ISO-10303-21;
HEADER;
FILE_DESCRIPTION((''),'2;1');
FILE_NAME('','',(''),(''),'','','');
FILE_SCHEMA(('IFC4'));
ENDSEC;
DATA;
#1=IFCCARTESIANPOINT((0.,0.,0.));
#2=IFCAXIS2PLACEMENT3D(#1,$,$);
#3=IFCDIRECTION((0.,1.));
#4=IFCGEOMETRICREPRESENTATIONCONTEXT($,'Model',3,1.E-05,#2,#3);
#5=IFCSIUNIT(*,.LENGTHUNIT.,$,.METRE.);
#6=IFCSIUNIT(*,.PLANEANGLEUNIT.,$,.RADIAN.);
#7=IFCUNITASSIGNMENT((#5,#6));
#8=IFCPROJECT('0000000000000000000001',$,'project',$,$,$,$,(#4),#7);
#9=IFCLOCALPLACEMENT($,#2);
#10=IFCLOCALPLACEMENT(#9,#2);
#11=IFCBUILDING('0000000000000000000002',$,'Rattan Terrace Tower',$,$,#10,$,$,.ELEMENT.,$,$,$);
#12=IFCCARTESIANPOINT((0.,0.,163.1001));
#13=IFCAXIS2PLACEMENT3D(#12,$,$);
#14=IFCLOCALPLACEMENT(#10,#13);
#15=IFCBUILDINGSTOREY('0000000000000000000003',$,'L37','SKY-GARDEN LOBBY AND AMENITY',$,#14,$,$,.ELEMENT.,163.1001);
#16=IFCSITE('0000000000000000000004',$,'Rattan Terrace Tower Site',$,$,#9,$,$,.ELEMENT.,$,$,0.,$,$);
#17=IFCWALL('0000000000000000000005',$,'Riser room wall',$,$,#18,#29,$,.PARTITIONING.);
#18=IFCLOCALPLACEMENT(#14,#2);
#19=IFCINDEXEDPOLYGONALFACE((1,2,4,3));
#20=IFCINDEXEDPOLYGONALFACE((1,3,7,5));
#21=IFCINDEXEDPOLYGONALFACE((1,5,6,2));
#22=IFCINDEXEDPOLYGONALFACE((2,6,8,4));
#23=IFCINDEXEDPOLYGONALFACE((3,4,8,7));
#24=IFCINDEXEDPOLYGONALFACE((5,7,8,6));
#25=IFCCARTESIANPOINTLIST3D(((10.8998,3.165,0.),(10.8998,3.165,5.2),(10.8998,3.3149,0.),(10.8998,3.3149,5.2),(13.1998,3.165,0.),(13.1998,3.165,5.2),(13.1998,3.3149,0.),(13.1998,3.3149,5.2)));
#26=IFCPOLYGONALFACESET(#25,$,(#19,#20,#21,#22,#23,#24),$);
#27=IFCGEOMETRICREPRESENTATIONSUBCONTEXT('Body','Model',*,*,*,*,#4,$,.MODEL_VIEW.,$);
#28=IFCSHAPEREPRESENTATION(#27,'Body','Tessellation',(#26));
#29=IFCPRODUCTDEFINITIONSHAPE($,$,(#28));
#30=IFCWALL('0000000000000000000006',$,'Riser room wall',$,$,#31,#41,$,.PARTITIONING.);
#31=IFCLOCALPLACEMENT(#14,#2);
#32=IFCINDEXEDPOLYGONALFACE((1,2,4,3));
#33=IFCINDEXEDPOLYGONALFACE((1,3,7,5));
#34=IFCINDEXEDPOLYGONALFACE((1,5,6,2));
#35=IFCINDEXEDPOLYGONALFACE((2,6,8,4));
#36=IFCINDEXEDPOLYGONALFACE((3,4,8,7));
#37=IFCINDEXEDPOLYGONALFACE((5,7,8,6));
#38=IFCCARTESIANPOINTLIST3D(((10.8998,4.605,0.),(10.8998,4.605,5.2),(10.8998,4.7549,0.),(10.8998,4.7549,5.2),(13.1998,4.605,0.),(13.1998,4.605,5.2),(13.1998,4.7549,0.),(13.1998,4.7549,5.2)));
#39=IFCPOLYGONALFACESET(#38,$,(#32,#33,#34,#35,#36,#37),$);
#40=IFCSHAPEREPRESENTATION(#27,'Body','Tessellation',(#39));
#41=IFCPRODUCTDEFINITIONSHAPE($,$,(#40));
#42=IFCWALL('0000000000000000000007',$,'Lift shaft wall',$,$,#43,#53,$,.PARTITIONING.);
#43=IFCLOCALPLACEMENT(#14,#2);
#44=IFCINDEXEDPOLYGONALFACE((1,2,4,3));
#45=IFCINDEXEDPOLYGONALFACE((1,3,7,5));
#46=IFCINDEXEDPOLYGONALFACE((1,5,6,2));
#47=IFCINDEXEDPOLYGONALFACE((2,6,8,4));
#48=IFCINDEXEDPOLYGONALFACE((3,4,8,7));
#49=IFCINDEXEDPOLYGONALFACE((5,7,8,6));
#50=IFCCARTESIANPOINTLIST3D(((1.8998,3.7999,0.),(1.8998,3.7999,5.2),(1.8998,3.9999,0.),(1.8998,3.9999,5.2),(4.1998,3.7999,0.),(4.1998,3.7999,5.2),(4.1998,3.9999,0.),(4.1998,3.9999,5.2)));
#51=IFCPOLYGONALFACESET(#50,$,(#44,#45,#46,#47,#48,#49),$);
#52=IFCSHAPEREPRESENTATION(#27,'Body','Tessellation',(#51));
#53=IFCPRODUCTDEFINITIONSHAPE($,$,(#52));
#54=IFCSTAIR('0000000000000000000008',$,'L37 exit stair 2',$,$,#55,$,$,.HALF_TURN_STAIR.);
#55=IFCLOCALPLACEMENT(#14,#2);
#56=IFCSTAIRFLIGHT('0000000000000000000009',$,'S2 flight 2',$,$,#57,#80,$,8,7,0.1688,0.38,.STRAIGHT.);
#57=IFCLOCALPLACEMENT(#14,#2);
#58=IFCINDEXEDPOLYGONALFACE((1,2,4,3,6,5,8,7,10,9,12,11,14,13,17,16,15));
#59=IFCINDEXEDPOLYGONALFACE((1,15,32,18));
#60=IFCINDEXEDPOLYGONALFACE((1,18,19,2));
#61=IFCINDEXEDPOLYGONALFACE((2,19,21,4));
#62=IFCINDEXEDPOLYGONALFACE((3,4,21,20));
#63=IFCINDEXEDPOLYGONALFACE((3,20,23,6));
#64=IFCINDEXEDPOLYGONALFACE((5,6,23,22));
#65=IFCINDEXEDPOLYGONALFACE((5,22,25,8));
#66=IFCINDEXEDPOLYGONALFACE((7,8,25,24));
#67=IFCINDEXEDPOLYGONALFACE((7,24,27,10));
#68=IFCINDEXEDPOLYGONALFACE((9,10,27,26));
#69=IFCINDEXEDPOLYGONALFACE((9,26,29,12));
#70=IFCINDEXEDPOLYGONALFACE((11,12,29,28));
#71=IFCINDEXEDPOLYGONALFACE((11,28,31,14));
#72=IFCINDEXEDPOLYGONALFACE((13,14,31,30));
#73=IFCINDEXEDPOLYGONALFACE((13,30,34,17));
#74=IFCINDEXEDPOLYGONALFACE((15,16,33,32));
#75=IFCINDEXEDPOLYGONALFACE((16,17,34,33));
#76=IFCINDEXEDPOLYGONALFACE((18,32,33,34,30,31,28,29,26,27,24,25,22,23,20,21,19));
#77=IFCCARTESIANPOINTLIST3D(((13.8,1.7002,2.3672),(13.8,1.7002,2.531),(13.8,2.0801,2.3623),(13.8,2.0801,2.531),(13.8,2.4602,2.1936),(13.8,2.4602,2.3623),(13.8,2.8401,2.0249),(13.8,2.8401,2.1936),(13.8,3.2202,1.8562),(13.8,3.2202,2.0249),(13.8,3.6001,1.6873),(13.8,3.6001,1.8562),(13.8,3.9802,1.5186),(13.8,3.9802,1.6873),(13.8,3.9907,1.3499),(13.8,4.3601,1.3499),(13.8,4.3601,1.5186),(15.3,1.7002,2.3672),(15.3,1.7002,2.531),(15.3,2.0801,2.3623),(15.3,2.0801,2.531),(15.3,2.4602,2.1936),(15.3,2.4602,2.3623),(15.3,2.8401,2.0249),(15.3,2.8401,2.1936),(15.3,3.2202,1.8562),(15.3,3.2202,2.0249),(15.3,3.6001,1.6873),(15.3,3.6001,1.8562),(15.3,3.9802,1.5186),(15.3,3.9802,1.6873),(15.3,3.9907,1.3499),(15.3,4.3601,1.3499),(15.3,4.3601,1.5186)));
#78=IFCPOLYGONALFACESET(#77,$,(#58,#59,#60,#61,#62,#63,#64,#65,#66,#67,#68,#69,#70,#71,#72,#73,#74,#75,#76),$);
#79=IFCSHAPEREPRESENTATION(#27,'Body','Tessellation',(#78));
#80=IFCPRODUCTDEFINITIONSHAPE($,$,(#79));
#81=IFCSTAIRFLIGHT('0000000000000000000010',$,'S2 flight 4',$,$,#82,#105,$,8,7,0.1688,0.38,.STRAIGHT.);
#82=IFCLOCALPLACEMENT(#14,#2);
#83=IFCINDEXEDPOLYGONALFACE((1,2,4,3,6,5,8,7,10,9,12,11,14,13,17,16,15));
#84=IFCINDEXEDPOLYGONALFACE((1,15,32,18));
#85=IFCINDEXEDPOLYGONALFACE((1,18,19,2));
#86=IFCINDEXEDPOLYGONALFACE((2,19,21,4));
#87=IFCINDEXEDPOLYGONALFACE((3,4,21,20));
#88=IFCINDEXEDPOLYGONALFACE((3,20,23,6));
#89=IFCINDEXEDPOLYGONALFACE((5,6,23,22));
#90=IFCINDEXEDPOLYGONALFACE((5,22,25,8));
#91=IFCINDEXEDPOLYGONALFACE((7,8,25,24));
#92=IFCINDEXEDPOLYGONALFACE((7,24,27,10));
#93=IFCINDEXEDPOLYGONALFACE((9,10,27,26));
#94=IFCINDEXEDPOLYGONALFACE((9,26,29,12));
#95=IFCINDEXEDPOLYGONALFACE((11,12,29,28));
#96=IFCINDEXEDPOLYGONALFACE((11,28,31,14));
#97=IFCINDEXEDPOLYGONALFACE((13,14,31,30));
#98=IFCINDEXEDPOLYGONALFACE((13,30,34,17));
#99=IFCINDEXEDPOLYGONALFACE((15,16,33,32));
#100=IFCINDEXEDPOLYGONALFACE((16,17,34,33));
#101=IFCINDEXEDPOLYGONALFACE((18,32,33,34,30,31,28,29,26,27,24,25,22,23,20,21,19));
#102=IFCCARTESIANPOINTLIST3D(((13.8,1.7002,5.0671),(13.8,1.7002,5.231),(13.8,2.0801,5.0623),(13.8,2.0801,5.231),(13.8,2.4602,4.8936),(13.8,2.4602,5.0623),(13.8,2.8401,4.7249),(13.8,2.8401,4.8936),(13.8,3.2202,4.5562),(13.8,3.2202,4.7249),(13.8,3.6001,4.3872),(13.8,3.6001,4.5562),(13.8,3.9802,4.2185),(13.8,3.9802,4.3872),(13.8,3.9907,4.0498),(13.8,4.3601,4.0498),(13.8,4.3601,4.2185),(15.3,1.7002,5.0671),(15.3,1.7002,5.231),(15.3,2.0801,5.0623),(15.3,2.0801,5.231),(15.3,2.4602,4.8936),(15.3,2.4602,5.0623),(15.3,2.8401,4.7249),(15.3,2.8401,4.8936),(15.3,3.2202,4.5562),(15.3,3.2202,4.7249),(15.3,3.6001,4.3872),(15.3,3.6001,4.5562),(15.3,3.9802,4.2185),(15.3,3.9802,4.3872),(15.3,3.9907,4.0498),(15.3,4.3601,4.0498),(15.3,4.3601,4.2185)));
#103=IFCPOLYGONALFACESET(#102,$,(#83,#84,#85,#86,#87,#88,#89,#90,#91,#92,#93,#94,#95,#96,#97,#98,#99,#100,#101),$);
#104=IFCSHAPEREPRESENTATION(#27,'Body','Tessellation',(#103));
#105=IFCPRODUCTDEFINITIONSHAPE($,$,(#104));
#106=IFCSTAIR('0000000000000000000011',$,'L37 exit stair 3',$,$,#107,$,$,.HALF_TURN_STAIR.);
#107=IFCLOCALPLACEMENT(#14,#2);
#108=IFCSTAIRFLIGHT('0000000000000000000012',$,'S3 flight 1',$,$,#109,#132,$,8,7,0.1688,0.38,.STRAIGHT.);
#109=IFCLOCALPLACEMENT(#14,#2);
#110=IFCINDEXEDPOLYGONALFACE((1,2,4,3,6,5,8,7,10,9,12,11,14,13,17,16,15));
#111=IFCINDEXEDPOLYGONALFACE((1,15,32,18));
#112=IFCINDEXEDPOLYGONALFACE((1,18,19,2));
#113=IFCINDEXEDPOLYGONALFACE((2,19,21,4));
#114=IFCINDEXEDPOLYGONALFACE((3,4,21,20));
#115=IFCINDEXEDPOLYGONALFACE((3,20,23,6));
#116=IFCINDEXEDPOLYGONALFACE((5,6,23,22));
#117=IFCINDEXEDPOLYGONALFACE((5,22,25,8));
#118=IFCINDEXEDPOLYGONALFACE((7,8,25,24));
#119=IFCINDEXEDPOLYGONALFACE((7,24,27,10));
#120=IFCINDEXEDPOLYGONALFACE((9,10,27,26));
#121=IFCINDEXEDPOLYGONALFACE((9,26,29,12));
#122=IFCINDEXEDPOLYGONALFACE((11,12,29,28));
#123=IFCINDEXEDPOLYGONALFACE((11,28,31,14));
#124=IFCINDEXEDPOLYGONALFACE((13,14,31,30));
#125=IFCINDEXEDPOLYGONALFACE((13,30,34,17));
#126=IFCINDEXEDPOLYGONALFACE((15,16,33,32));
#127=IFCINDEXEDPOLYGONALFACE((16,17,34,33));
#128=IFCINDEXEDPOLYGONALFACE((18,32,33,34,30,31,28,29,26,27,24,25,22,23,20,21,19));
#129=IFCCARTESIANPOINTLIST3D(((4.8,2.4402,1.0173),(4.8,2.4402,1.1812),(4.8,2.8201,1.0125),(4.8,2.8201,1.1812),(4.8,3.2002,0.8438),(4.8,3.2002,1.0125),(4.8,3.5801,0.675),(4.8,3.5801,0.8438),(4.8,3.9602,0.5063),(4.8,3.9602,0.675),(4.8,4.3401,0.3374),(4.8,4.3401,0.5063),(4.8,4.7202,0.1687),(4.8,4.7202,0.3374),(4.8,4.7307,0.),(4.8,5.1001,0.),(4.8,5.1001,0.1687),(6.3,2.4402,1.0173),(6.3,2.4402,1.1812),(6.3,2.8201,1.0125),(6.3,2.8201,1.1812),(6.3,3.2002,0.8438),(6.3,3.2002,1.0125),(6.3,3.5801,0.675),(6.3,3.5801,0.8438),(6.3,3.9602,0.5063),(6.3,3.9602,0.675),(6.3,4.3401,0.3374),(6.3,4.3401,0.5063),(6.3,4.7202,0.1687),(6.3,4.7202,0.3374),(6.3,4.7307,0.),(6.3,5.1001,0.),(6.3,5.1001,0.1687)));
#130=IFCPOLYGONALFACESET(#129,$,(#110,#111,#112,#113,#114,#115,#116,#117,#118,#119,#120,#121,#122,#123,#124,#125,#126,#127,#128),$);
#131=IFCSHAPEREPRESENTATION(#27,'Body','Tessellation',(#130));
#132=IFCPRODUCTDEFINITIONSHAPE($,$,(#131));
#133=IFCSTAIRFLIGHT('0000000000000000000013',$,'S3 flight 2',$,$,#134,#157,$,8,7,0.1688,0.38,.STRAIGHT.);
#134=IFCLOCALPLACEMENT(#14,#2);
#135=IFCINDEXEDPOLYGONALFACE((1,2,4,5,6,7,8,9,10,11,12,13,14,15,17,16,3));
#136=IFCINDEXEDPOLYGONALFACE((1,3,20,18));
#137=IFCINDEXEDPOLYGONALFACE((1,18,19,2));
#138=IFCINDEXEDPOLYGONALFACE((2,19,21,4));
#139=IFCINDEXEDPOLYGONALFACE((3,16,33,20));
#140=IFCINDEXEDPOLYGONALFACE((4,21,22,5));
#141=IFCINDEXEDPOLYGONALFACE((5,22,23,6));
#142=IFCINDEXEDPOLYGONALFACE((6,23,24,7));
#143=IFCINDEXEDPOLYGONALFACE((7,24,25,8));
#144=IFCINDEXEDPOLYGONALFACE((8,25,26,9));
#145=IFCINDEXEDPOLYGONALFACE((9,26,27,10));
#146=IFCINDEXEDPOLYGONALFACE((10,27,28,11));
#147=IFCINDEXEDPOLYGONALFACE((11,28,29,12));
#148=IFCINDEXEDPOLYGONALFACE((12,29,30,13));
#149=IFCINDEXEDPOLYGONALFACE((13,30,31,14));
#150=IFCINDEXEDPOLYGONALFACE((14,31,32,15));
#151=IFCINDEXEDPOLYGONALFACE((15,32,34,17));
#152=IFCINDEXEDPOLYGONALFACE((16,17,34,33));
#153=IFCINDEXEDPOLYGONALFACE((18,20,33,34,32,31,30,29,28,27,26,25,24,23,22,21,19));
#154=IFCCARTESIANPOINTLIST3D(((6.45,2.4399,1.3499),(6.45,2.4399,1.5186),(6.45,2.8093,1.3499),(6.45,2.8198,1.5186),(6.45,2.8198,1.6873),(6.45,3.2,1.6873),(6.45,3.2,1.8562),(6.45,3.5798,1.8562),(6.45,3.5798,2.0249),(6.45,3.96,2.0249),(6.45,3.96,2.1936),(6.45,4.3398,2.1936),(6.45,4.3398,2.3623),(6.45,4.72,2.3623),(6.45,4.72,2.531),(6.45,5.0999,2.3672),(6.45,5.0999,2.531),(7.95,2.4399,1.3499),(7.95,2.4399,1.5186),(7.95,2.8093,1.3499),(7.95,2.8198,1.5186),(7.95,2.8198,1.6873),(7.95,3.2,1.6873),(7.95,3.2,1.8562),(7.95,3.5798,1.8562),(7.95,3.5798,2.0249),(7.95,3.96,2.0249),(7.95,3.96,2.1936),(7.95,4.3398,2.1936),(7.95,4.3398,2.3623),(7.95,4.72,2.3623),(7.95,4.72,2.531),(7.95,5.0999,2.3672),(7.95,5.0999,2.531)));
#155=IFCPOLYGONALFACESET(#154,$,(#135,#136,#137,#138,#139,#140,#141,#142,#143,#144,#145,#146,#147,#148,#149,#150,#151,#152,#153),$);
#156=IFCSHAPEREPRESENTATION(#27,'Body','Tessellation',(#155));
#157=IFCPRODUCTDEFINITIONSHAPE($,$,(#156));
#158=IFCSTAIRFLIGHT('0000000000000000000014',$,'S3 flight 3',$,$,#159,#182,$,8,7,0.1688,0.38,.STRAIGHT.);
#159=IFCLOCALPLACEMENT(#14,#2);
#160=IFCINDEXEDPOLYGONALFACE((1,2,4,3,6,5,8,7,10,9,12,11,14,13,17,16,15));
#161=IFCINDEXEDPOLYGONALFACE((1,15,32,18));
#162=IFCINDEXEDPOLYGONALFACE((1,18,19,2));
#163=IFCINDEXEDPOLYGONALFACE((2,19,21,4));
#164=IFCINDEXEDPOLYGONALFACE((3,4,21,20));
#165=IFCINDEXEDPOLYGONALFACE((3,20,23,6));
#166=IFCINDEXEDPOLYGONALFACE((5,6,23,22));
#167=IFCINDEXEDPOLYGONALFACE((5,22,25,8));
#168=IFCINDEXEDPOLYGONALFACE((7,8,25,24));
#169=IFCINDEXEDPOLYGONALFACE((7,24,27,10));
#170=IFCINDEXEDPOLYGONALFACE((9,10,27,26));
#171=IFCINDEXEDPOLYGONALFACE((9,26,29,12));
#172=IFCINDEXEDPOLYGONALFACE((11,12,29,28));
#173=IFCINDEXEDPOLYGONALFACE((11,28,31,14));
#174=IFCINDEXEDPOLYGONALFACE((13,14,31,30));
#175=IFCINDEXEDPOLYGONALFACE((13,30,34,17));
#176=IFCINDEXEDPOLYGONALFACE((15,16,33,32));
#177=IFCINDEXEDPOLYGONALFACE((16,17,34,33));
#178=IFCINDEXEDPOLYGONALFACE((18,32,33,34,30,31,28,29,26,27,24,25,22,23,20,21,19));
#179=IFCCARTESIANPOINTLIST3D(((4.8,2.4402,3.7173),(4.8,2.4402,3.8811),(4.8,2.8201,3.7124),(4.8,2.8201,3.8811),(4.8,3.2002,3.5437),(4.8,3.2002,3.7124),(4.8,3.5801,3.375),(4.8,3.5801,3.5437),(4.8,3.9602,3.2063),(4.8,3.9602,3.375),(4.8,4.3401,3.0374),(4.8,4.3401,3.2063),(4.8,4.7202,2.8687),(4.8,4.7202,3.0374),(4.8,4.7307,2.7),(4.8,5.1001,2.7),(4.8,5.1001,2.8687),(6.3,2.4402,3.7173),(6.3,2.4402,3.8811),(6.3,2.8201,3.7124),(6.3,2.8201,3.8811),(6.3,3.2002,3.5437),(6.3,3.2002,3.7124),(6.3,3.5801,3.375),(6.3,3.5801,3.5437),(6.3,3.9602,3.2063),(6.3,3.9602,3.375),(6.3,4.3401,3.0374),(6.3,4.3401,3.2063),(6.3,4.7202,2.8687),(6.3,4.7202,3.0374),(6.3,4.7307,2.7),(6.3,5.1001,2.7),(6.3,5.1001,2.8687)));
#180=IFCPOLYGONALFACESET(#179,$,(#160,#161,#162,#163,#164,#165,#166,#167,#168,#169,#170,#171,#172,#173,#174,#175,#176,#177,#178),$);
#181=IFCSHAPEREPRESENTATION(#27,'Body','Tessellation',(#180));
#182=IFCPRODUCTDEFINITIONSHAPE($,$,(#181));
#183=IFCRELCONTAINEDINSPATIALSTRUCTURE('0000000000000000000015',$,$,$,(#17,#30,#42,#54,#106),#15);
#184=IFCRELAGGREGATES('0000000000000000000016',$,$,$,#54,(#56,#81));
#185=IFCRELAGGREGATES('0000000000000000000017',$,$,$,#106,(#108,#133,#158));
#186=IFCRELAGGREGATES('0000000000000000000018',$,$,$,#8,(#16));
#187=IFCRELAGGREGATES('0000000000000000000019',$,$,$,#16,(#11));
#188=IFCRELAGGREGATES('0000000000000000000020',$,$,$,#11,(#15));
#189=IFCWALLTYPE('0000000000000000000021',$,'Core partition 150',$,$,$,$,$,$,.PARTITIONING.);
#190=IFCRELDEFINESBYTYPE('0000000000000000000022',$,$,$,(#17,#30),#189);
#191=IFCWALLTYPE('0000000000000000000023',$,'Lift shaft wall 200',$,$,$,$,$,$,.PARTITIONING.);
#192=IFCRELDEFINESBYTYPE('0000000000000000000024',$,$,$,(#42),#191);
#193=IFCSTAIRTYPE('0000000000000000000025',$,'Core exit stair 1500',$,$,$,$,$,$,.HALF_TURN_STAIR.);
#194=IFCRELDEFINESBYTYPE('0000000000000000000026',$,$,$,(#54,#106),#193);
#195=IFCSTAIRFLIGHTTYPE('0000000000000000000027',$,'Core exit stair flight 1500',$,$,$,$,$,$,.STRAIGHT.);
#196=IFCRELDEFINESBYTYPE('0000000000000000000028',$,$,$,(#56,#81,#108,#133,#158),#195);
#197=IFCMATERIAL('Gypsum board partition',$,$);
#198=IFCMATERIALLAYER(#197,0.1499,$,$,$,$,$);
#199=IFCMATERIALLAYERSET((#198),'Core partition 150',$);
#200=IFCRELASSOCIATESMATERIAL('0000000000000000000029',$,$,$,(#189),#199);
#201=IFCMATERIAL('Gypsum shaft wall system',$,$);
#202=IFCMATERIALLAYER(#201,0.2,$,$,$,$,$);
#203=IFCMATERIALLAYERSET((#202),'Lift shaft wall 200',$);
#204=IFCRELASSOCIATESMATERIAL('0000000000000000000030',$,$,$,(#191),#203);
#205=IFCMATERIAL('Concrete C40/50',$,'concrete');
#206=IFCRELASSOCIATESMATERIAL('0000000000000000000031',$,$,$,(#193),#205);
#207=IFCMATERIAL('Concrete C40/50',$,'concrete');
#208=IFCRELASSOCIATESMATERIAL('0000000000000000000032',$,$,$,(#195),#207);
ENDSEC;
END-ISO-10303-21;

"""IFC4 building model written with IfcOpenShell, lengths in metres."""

from ifc_helpers import new_model, si_unit, direction, frame, frame_2d, origin, place, context, subcontext, project, spatial, polyline, rectangle, outline, extrude, material, layer, layer_set, type_object, element, aggregate, save


model = new_model("IFC4")

# Units and contexts
model_context = context("Model", 3, precision=1e-05, world=origin(), true_north=direction((0.0, 1.0)))
body_context = subcontext(model_context, "Body", "Model", "MODEL_VIEW")
ifc_project = project(units=[si_unit("LENGTHUNIT", "METRE"), si_unit("PLANEANGLEUNIT", "RADIAN")], contexts=[model_context])

# Site, building, storey
site_placement = place(None, origin())
site = spatial("IfcSite", under=ifc_project, at=site_placement, Name="Rattan Terrace Tower Site", CompositionType="ELEMENT", RefElevation=0.0)
building_placement = place(site_placement, origin())
building = spatial("IfcBuilding", under=site, at=building_placement, Name="Rattan Terrace Tower", CompositionType="ELEMENT")
storey_placement = place(building_placement, frame((0.0, 0.0, 163.1001)))
storey = spatial("IfcBuildingStorey", under=building, at=storey_placement, Name="L37", Description="SKY-GARDEN LOBBY AND AMENITY", CompositionType="ELEMENT", Elevation=163.1001)

# Walls
ifc_material_1 = material(Name="Gypsum board partition")
ifc_layer_1 = layer(ifc_material_1, 0.1499)
ifc_layer_set_1 = layer_set([ifc_layer_1], Name="Core partition 150")
wall_type_1 = type_object("IfcWallType", Name="Core partition 150", PredefinedType="PARTITIONING", material=ifc_layer_set_1)
for number, where, z_axis, x_axis, name in (
    (1, (10.8999, 3.24, 0.0), (0.0, 0.0, 1.0), (1.0, 0.0, 0.0), "Riser room wall"),
    (2, (10.8999, 4.6799, 0.0), (0.0, 0.0, 1.0), (1.0, 0.0, 0.0), "Riser room wall"),
):
    element("IfcWall", number, at=place(storey_placement, frame(where, z_axis=z_axis, x_axis=x_axis)), inside=storey, type_object=wall_type_1, Name=name, PredefinedType="PARTITIONING", context=body_context, shape_type="SweptSolid", body=[
        extrude(rectangle(XDim=2.3, YDim=0.1499, at=frame_2d((1.1499, 0.0))), origin(), (0.0, 0.0, 1.0), 5.2),
    ])
ifc_material_2 = material(Name="Gypsum shaft wall system")
ifc_layer_2 = layer(ifc_material_2, 0.2)
ifc_layer_set_2 = layer_set([ifc_layer_2], Name="Lift shaft wall 200")
wall_type_2 = type_object("IfcWallType", Name="Lift shaft wall 200", PredefinedType="PARTITIONING", material=ifc_layer_set_2)
wall_placement = place(storey_placement, frame((1.8999, 3.8999, 0.0), z_axis=(0.0, 0.0, 1.0), x_axis=(1.0, 0.0, 0.0)))
element("IfcWall", 3, at=wall_placement, inside=storey, type_object=wall_type_2, Name="Lift shaft wall", PredefinedType="PARTITIONING", context=body_context, shape_type="SweptSolid", body=[
    extrude(rectangle(XDim=2.3, YDim=0.2, at=frame_2d((1.1499, 0.0))), origin(), (0.0, 0.0, 1.0), 5.2),
])

# Stairs, stair flights
ifc_material_3 = material(Name="Concrete C40/50", Category="concrete")
stair_type = type_object("IfcStairType", Name="Core exit stair 1500", PredefinedType="HALF_TURN_STAIR", material=ifc_material_3)
stair_1_placement = place(storey_placement, origin())
stair_1 = element("IfcStair", 4, at=stair_1_placement, inside=storey, type_object=stair_type, Name="L37 exit stair 2", PredefinedType="HALF_TURN_STAIR")
ifc_material_4 = material(Name="Concrete C40/50", Category="concrete")
stair_flight_type = type_object("IfcStairFlightType", Name="Core exit stair flight 1500", PredefinedType="STRAIGHT", material=ifc_material_4)
stair_flight_1_placement = place(storey_placement, frame((14.55, 4.3601, 1.3499), z_axis=(0.0, 0.0, 1.0), x_axis=(0.0, -1.0, 0.0)))
stair_flight_1 = element("IfcStairFlight", 5, at=stair_flight_1_placement, type_object=stair_flight_type, Name="S2 flight 2", NumberOfRisers=8, NumberOfTreads=7, PredefinedType="STRAIGHT", RiserHeight=0.1688, TreadLength=0.38, context=body_context, shape_type="SweptSolid", body=[
    extrude(outline(polyline([(0.0, 0.0), (0.0, 0.1687), (0.3799, 0.1687), (0.3799, 0.3374), (0.76, 0.3374), (0.76, 0.5063), (1.1399, 0.5063), (1.1399, 0.675), (1.52, 0.675), (1.52, 0.8438), (1.8999, 0.8438), (1.8999, 1.0125), (2.28, 1.0125), (2.28, 1.1812), (2.6599, 1.1812), (2.6599, 1.3501), (2.6599, 1.0173), (0.3694, 0.0), (0.0, 0.0)])), frame((0.0, 0.75, 0.0), z_axis=(0.0, -1.0, 0.0), x_axis=(1.0, 0.0, 0.0)), (0.0, 0.0, 1.0), 1.5),
])
stair_flight_2_placement = place(storey_placement, frame((14.55, 4.3601, 4.0498), z_axis=(0.0, 0.0, 1.0), x_axis=(0.0, -1.0, 0.0)))
stair_flight_2 = element("IfcStairFlight", 6, at=stair_flight_2_placement, type_object=stair_flight_type, Name="S2 flight 4", NumberOfRisers=8, NumberOfTreads=7, PredefinedType="STRAIGHT", RiserHeight=0.1688, TreadLength=0.38, context=body_context, shape_type="SweptSolid", body=[
    extrude(outline(polyline([(0.0, 0.0), (0.0, 0.1687), (0.3799, 0.1687), (0.3799, 0.3374), (0.76, 0.3374), (0.76, 0.5063), (1.1399, 0.5063), (1.1399, 0.675), (1.52, 0.675), (1.52, 0.8438), (1.8999, 0.8438), (1.8999, 1.0125), (2.28, 1.0125), (2.28, 1.1812), (2.6599, 1.1812), (2.6599, 1.3501), (2.6599, 1.0173), (0.3694, 0.0), (0.0, 0.0)])), frame((0.0, 0.75, 0.0), z_axis=(0.0, -1.0, 0.0), x_axis=(1.0, 0.0, 0.0)), (0.0, 0.0, 1.0), 1.5),
])
aggregate(stair_1, [stair_flight_1, stair_flight_2])
stair_2_placement = place(storey_placement, origin())
stair_2 = element("IfcStair", 7, at=stair_2_placement, inside=storey, type_object=stair_type, Name="L37 exit stair 3", PredefinedType="HALF_TURN_STAIR")
stair_flight_3_placement = place(storey_placement, frame((5.55, 5.1001, 0.0), z_axis=(0.0, 0.0, 1.0), x_axis=(0.0, -1.0, 0.0)))
stair_flight_3 = element("IfcStairFlight", 8, at=stair_flight_3_placement, type_object=stair_flight_type, Name="S3 flight 1", NumberOfRisers=8, NumberOfTreads=7, PredefinedType="STRAIGHT", RiserHeight=0.1688, TreadLength=0.38, context=body_context, shape_type="SweptSolid", body=[
    extrude(outline(polyline([(0.0, 0.0), (0.0, 0.1687), (0.3799, 0.1687), (0.3799, 0.3374), (0.76, 0.3374), (0.76, 0.5063), (1.1399, 0.5063), (1.1399, 0.675), (1.52, 0.675), (1.52, 0.8438), (1.8999, 0.8438), (1.8999, 1.0125), (2.28, 1.0125), (2.28, 1.1812), (2.6599, 1.1812), (2.6599, 1.3501), (2.6599, 1.0173), (0.3694, 0.0), (0.0, 0.0)])), frame((0.0, 0.75, 0.0), z_axis=(0.0, -1.0, 0.0), x_axis=(1.0, 0.0, 0.0)), (0.0, 0.0, 1.0), 1.5),
])
stair_flight_4_placement = place(storey_placement, frame((7.2, 2.4399, 1.3499), z_axis=(0.0, 0.0, 1.0), x_axis=(0.0, 1.0, 0.0)))
stair_flight_4 = element("IfcStairFlight", 9, at=stair_flight_4_placement, type_object=stair_flight_type, Name="S3 flight 2", NumberOfRisers=8, NumberOfTreads=7, PredefinedType="STRAIGHT", RiserHeight=0.1688, TreadLength=0.38, context=body_context, shape_type="SweptSolid", body=[
    extrude(outline(polyline([(0.0, 0.0), (0.0, 0.1687), (0.3799, 0.1687), (0.3799, 0.3374), (0.76, 0.3374), (0.76, 0.5063), (1.1399, 0.5063), (1.1399, 0.675), (1.52, 0.675), (1.52, 0.8438), (1.8999, 0.8438), (1.8999, 1.0125), (2.28, 1.0125), (2.28, 1.1812), (2.6599, 1.1812), (2.6599, 1.3501), (2.6599, 1.0173), (0.3694, 0.0), (0.0, 0.0)])), frame((0.0, 0.75, 0.0), z_axis=(0.0, -1.0, 0.0), x_axis=(1.0, 0.0, 0.0)), (0.0, 0.0, 1.0), 1.5),
])
stair_flight_5_placement = place(storey_placement, frame((5.55, 5.1001, 2.7), z_axis=(0.0, 0.0, 1.0), x_axis=(0.0, -1.0, 0.0)))
stair_flight_5 = element("IfcStairFlight", 10, at=stair_flight_5_placement, type_object=stair_flight_type, Name="S3 flight 3", NumberOfRisers=8, NumberOfTreads=7, PredefinedType="STRAIGHT", RiserHeight=0.1688, TreadLength=0.38, context=body_context, shape_type="SweptSolid", body=[
    extrude(outline(polyline([(0.0, 0.0), (0.0, 0.1687), (0.3799, 0.1687), (0.3799, 0.3374), (0.76, 0.3374), (0.76, 0.5063), (1.1399, 0.5063), (1.1399, 0.675), (1.52, 0.675), (1.52, 0.8438), (1.8999, 0.8438), (1.8999, 1.0125), (2.28, 1.0125), (2.28, 1.1812), (2.6599, 1.1812), (2.6599, 1.3501), (2.6599, 1.0173), (0.3694, 0.0), (0.0, 0.0)])), frame((0.0, 0.75, 0.0), z_axis=(0.0, -1.0, 0.0), x_axis=(1.0, 0.0, 0.0)), (0.0, 0.0, 1.0), 1.5),
])
aggregate(stair_2, [stair_flight_3, stair_flight_4, stair_flight_5])

save(model, "model.ifc")
